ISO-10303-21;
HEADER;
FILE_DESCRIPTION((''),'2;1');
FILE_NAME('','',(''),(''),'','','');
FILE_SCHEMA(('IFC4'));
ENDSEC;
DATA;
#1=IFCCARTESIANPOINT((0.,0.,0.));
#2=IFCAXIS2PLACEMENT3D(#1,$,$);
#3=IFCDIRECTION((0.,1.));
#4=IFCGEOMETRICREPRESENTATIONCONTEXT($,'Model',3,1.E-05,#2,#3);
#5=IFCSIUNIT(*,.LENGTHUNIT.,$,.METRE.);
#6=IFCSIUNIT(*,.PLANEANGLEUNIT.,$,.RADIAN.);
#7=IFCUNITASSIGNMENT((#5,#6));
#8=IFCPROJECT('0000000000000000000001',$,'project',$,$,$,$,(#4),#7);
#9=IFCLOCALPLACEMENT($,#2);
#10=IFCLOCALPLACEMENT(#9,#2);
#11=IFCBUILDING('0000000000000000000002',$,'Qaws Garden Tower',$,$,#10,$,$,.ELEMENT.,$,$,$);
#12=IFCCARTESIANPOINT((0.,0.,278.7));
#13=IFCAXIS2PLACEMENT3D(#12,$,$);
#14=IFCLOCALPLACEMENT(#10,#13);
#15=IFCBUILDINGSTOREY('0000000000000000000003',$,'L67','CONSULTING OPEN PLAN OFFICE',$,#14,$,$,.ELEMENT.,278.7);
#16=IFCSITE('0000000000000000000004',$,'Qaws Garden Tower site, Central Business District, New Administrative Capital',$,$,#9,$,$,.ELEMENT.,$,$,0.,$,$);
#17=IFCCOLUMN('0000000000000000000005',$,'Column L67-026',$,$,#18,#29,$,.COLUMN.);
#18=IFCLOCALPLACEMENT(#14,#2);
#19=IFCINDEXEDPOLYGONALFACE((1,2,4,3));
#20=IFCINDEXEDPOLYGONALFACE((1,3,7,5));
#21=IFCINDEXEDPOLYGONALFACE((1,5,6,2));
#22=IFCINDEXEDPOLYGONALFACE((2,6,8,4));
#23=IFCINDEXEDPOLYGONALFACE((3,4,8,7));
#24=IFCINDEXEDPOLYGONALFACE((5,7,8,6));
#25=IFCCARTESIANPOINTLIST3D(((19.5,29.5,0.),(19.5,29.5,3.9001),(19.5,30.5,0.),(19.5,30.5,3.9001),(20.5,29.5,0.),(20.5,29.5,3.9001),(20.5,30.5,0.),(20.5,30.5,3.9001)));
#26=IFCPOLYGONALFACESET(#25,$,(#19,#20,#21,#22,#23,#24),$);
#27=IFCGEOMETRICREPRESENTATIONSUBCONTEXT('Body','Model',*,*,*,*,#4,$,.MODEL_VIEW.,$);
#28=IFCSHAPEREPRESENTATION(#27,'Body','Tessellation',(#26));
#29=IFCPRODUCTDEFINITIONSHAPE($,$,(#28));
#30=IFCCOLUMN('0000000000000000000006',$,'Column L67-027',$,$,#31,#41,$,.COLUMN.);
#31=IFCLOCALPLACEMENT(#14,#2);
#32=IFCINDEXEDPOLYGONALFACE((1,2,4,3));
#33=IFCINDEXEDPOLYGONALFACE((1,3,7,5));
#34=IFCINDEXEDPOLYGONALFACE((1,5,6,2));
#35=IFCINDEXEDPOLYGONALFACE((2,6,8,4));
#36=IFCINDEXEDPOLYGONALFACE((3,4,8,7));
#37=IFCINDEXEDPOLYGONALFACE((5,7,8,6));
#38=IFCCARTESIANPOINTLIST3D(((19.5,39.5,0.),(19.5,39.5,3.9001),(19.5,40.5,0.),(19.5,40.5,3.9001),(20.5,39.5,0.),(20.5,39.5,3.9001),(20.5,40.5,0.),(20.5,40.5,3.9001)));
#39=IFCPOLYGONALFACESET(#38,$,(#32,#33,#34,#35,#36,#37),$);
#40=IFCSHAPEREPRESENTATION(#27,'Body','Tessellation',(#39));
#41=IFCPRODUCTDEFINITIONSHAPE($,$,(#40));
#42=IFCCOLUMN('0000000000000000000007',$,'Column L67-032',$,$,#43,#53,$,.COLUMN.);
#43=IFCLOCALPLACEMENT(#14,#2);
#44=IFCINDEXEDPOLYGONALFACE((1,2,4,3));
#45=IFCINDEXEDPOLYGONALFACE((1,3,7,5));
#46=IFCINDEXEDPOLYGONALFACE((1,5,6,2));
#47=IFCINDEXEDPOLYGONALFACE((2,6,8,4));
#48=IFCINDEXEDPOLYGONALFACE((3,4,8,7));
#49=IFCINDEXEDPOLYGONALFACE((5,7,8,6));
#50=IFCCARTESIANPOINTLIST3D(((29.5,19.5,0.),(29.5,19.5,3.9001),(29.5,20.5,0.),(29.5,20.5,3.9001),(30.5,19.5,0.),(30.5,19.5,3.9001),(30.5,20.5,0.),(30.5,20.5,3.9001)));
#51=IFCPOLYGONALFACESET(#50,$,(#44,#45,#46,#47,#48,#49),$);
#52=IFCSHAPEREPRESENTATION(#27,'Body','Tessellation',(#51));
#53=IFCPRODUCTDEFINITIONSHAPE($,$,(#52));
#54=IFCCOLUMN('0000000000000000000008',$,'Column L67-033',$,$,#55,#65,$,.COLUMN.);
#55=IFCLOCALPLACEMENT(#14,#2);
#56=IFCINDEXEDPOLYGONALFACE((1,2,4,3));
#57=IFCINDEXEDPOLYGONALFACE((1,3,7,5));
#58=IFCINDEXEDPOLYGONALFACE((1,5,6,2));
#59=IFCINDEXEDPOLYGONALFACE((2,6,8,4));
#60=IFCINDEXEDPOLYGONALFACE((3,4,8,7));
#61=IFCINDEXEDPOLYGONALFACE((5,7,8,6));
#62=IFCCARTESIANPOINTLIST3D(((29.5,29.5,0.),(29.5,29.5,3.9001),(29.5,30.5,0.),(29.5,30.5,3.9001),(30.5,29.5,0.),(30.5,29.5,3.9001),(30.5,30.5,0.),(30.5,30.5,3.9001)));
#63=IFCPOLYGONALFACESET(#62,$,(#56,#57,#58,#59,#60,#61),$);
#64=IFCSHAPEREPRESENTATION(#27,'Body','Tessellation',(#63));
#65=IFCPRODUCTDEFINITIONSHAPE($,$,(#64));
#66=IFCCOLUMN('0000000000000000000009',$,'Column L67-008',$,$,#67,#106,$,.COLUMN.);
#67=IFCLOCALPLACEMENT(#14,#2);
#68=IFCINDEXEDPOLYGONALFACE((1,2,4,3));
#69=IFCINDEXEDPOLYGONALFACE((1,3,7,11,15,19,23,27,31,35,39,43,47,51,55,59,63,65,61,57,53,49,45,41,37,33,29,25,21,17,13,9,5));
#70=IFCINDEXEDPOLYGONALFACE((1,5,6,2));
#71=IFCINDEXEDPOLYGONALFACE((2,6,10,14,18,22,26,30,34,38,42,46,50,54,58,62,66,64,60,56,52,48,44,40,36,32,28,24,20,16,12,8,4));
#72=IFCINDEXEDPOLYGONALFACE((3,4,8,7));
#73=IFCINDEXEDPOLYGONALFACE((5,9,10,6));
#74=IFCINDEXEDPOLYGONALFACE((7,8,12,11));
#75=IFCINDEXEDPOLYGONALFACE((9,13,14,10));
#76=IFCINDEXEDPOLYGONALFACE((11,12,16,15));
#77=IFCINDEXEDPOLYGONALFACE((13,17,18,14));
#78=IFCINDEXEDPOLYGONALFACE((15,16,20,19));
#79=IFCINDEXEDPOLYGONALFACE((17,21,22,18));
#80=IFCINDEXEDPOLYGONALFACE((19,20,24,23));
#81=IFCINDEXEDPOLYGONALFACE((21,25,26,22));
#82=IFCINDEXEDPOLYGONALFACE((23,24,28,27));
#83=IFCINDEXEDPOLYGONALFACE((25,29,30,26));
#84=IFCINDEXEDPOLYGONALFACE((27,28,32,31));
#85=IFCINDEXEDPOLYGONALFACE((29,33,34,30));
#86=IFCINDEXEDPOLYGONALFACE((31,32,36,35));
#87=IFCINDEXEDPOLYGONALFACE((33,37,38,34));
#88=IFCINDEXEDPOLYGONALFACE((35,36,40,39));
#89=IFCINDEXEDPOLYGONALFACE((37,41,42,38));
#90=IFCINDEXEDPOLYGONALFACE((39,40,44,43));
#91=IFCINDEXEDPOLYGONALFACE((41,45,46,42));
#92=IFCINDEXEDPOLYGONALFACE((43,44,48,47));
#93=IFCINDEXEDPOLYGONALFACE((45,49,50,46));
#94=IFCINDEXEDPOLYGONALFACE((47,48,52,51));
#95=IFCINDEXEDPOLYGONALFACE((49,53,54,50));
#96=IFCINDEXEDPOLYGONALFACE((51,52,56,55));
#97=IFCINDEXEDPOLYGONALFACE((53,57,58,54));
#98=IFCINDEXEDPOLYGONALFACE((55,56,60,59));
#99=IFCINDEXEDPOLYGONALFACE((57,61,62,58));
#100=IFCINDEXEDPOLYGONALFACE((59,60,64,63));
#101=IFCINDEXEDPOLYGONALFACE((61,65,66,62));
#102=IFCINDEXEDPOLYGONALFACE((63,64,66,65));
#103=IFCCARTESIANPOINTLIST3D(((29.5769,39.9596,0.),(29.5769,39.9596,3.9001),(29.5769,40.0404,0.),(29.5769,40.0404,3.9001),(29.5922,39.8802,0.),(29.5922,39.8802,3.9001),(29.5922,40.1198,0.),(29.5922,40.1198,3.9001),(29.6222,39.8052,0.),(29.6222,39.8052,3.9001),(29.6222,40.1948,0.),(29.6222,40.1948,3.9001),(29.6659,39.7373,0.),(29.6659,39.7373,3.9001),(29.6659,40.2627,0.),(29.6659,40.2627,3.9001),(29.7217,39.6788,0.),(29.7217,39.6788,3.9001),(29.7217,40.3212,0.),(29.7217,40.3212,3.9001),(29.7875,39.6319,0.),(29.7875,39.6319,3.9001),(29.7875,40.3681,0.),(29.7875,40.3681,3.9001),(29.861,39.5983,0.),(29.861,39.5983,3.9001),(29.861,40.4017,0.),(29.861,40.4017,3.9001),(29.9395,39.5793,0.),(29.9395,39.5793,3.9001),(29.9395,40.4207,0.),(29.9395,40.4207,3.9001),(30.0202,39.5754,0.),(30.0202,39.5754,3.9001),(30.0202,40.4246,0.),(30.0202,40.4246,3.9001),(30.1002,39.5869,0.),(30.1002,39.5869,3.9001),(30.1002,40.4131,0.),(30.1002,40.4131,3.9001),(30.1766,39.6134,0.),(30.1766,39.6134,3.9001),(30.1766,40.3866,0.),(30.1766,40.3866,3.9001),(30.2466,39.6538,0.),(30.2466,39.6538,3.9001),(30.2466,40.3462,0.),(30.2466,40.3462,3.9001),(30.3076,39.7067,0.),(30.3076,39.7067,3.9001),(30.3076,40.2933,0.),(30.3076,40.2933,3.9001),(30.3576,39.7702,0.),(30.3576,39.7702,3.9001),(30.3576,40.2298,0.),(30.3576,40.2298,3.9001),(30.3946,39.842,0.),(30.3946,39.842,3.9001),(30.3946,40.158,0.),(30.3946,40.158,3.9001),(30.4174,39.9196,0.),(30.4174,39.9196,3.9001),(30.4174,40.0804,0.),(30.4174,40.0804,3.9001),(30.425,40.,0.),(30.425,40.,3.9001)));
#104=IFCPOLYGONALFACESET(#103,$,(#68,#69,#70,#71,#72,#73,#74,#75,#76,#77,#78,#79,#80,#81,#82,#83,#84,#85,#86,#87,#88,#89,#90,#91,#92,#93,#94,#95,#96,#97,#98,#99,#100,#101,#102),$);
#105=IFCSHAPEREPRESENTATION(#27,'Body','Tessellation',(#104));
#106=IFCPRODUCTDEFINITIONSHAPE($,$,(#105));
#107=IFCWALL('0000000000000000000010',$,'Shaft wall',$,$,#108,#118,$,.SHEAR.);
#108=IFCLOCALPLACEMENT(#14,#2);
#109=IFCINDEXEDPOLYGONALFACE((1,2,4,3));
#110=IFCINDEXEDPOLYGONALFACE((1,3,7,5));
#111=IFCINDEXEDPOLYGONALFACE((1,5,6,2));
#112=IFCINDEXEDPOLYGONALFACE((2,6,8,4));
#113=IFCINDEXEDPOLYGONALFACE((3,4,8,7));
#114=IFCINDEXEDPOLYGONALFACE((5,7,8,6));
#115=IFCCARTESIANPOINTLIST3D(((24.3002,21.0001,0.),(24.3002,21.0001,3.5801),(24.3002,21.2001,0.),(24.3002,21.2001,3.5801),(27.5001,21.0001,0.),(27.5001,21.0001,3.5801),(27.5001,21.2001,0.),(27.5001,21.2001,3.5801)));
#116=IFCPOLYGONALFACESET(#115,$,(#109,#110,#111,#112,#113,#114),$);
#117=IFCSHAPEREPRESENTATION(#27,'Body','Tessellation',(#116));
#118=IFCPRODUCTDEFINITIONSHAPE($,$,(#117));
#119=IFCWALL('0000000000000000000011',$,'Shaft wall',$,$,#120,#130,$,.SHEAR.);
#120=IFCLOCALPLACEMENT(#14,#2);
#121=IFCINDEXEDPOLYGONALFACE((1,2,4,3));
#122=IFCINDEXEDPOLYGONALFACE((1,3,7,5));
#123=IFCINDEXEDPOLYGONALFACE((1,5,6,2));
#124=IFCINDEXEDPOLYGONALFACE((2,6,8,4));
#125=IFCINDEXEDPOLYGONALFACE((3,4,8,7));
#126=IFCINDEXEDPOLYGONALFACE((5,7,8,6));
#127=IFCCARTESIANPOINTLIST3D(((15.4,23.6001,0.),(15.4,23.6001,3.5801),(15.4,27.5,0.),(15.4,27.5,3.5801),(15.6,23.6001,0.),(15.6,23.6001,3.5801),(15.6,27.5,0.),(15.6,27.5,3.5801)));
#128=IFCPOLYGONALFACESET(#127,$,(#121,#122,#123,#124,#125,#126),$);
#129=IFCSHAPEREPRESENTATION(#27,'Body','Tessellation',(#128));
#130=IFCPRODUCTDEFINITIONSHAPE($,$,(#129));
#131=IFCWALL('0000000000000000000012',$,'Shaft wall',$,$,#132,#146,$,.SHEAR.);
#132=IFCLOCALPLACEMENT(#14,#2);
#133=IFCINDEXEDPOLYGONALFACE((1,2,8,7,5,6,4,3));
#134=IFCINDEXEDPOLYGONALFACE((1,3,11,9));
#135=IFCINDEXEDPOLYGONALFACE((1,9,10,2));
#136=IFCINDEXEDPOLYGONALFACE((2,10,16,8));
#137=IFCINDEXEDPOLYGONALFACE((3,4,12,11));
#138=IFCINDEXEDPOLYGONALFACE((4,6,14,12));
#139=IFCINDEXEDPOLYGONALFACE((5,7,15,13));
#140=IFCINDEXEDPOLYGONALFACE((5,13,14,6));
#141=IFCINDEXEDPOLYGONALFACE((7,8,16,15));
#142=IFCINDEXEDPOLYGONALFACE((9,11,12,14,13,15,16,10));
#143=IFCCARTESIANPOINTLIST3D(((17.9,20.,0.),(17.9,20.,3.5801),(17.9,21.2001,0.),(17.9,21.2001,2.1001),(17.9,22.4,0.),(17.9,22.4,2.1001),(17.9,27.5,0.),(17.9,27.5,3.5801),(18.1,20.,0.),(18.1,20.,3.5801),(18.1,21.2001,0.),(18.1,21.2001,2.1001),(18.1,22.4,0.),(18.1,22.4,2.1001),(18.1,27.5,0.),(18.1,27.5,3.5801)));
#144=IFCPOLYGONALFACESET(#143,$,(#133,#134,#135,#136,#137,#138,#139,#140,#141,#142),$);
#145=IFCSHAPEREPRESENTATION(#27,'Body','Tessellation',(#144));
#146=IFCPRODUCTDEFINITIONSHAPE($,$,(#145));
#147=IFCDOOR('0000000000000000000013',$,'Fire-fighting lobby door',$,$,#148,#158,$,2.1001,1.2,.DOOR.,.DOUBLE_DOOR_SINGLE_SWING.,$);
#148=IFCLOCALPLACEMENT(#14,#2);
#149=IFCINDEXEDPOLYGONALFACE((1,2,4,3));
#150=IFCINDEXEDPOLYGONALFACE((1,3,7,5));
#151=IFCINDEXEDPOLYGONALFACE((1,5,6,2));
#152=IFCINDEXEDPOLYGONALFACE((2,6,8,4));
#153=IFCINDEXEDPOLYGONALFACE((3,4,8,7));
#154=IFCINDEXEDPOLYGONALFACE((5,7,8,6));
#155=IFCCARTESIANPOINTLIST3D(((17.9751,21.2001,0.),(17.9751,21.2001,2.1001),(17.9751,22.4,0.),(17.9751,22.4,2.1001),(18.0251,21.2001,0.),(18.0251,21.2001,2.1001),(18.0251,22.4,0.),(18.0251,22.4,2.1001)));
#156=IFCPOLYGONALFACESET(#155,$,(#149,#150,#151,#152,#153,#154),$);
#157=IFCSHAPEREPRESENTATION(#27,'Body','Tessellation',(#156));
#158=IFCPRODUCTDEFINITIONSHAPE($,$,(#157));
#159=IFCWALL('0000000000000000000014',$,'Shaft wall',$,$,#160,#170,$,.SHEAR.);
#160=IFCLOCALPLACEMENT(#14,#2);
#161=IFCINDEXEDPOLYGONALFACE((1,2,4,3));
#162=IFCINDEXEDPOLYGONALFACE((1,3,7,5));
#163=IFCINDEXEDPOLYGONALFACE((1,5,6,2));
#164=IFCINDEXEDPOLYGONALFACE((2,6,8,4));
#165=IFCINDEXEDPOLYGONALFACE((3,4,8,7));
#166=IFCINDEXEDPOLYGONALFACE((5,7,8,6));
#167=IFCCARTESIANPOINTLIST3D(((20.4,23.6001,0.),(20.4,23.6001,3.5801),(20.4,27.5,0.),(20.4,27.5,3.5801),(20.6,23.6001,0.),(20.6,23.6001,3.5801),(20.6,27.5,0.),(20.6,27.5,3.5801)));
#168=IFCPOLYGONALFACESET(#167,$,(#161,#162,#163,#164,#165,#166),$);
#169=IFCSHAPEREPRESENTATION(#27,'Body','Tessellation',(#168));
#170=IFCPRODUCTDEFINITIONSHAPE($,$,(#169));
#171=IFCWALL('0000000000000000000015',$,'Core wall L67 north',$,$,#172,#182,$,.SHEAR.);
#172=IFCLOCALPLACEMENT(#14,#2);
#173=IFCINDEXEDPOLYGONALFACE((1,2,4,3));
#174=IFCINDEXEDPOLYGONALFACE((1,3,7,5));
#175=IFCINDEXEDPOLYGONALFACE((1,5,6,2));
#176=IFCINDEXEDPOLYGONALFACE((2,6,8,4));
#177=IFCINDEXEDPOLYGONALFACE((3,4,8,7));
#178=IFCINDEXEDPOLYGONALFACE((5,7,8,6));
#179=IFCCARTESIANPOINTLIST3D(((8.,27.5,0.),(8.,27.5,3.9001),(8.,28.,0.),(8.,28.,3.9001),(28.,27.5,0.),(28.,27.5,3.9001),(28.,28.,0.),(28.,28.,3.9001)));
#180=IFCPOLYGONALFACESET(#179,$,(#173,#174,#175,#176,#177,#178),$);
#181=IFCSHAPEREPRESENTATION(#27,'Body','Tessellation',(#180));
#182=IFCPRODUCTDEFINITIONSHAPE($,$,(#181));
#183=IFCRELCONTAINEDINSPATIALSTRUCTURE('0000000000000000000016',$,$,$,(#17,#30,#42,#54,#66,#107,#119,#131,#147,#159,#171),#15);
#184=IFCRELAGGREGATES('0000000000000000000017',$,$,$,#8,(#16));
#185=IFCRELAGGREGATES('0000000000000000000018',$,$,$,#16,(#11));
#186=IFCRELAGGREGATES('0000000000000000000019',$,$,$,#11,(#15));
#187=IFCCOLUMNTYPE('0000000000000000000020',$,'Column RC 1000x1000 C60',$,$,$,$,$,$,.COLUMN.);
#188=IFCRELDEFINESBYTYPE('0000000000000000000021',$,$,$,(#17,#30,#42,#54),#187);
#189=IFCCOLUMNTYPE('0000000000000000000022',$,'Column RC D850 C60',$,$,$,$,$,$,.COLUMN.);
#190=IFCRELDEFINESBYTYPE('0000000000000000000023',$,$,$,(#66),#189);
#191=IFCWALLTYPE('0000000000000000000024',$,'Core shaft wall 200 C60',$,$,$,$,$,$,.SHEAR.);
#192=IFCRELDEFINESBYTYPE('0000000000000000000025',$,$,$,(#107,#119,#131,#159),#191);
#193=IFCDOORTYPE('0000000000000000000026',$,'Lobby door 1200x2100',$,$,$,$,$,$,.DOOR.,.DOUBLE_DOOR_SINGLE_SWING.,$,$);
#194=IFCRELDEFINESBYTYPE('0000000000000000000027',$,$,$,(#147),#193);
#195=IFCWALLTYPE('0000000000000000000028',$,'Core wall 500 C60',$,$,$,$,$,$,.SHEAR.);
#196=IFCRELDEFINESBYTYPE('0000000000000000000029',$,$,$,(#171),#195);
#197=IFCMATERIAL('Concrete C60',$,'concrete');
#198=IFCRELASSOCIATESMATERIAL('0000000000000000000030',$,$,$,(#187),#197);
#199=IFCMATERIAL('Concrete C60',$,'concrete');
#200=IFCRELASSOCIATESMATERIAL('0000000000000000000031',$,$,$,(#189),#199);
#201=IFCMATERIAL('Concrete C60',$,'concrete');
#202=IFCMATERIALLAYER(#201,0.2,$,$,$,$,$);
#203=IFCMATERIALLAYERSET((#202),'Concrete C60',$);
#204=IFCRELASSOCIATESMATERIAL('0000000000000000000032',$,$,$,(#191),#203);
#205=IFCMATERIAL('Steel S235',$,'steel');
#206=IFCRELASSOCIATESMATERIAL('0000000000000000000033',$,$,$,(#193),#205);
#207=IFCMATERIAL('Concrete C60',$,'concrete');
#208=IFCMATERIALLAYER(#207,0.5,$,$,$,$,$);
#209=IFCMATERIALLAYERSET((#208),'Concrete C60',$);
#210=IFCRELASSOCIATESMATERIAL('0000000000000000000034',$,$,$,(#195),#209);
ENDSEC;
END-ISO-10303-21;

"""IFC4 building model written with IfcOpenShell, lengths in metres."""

from ifc_helpers import new_model, si_unit, direction, frame, frame_2d, origin, origin_2d, place, context, subcontext, project, spatial, rectangle, circle, extrude, material, layer, layer_set, material_profile, profile_set, type_object, element, fill, save


model = new_model("IFC4")

# Units and contexts
model_context = context("Model", 3, precision=1e-05, world=origin(), true_north=direction((0.0, 1.0)))
body_context = subcontext(model_context, "Body", "Model", "MODEL_VIEW")
ifc_project = project(units=[si_unit("LENGTHUNIT", "METRE"), si_unit("PLANEANGLEUNIT", "RADIAN")], contexts=[model_context])

# Site, building, storey
site_placement = place(None, origin())
site = spatial("IfcSite", under=ifc_project, at=site_placement, Name="Qaws Garden Tower site, Central Business District, New Administrative Capital", CompositionType="ELEMENT", RefElevation=0.0)
building_placement = place(site_placement, origin())
building = spatial("IfcBuilding", under=site, at=building_placement, Name="Qaws Garden Tower", CompositionType="ELEMENT")
storey_placement = place(building_placement, frame((0.0, 0.0, 278.7)))
storey = spatial("IfcBuildingStorey", under=building, at=storey_placement, Name="L67", Description="CONSULTING OPEN PLAN OFFICE", CompositionType="ELEMENT", Elevation=278.7)

# Columns
ifc_material_1 = material(Name="Concrete C60", Category="concrete")
ifc_material_profile_1 = material_profile(ifc_material_1, rectangle(XDim=1.0, YDim=1.0, at=origin_2d()), Name="RC 1000x1000")
ifc_profile_set_1 = profile_set([ifc_material_profile_1], Name="Concrete C60")
column_type_1 = type_object("IfcColumnType", Name="Column RC 1000x1000 C60", PredefinedType="COLUMN", material=ifc_profile_set_1)
for number, where, z_axis, x_axis, name in (
    (1, (20.0, 30.0, 0.0), (0.0, 0.0, 1.0), (1.0, 0.0, 0.0), "Column L67-026"),
    (2, (20.0, 40.0, 0.0), (0.0, 0.0, 1.0), (1.0, 0.0, 0.0), "Column L67-027"),
    (3, (30.0, 20.0, 0.0), (0.0, 0.0, 1.0), (1.0, 0.0, 0.0), "Column L67-032"),
    (4, (30.0, 30.0, 0.0), (0.0, 0.0, 1.0), (1.0, 0.0, 0.0), "Column L67-033"),
):
    element("IfcColumn", number, at=place(storey_placement, frame(where, z_axis=z_axis, x_axis=x_axis)), inside=storey, type_object=column_type_1, Name=name, PredefinedType="COLUMN", context=body_context, shape_type="SweptSolid", body=[
        extrude(rectangle(XDim=1.0, YDim=1.0, at=origin_2d()), origin(), (0.0, 0.0, 1.0), 3.9001),
    ])
ifc_material_2 = material(Name="Concrete C60", Category="concrete")
ifc_material_profile_2 = material_profile(ifc_material_2, circle(Radius=0.425, at=origin_2d()), Name="RC D850")
ifc_profile_set_2 = profile_set([ifc_material_profile_2], Name="Concrete C60")
column_type_2 = type_object("IfcColumnType", Name="Column RC D850 C60", PredefinedType="COLUMN", material=ifc_profile_set_2)
column_placement = place(storey_placement, frame((30.0, 40.0, 0.0), z_axis=(0.0, 0.0, 1.0), x_axis=(1.0, 0.0, 0.0)))
element("IfcColumn", 5, at=column_placement, inside=storey, type_object=column_type_2, Name="Column L67-008", PredefinedType="COLUMN", context=body_context, shape_type="SweptSolid", body=[
    extrude(circle(Radius=0.425, at=origin_2d()), origin(), (0.0, 0.0, 1.0), 3.9001),
])

# Walls
ifc_material_3 = material(Name="Concrete C60", Category="concrete")
ifc_layer_1 = layer(ifc_material_3, 0.2)
ifc_layer_set_1 = layer_set([ifc_layer_1], Name="Concrete C60")
wall_type_1 = type_object("IfcWallType", Name="Core shaft wall 200 C60", PredefinedType="SHEAR", material=ifc_layer_set_1)
wall_1_placement = place(storey_placement, frame((24.3, 21.1001, 0.0), z_axis=(0.0, 0.0, 1.0), x_axis=(1.0, 0.0, 0.0)))
element("IfcWall", 6, at=wall_1_placement, inside=storey, type_object=wall_type_1, Name="Shaft wall", PredefinedType="SHEAR", context=body_context, shape_type="SweptSolid", body=[
    extrude(rectangle(XDim=3.2, YDim=0.2, at=frame_2d((1.6001, 0.0))), origin(), (0.0, 0.0, 1.0), 3.5801),
])
wall_2_placement = place(storey_placement, frame((15.5, 23.6001, 0.0), z_axis=(0.0, 0.0, 1.0), x_axis=(0.0, 1.0, 0.0)))
element("IfcWall", 7, at=wall_2_placement, inside=storey, type_object=wall_type_1, Name="Shaft wall", PredefinedType="SHEAR", context=body_context, shape_type="SweptSolid", body=[
    extrude(rectangle(XDim=3.8999, YDim=0.2, at=frame_2d((1.95, 0.0))), origin(), (0.0, 0.0, 1.0), 3.5801),
])

# Wall, opening, door
wall_3_placement = place(storey_placement, frame((18.0, 20.0, 0.0), z_axis=(0.0, 0.0, 1.0), x_axis=(0.0, 1.0, 0.0)))
wall_3 = element("IfcWall", 8, at=wall_3_placement, inside=storey, type_object=wall_type_1, Name="Shaft wall", PredefinedType="SHEAR", context=body_context, shape_type="SweptSolid", body=[
    extrude(rectangle(XDim=7.5, YDim=0.2, at=frame_2d((3.75, 0.0))), origin(), (0.0, 0.0, 1.0), 3.5801),
])
opening_1_placement = place(wall_3_placement, frame((1.2, 0.0, 0.0)))
opening_1 = element("IfcOpeningElement", 9, at=opening_1_placement, cuts=wall_3, PredefinedType="OPENING", context=body_context, shape_type="SweptSolid", body=[
    extrude(rectangle(XDim=1.2, YDim=2.1001, at=frame_2d((0.6001, 1.05))), frame((0.0, 0.1099, 0.0), z_axis=(0.0, -1.0, 0.0), x_axis=(1.0, 0.0, 0.0)), (0.0, 0.0, 1.0), 0.22),
])
ifc_material_4 = material(Name="Steel S235", Category="steel")
door_type_1 = type_object("IfcDoorType", Name="Lobby door 1200x2100", OperationType="DOUBLE_DOOR_SINGLE_SWING", PredefinedType="DOOR", material=ifc_material_4)
door_1_placement = place(opening_1_placement, origin())
door_1 = element("IfcDoor", 10, at=door_1_placement, inside=storey, type_object=door_type_1, Name="Fire-fighting lobby door", OperationType="DOUBLE_DOOR_SINGLE_SWING", OverallHeight=2.1001, OverallWidth=1.2, PredefinedType="DOOR", context=body_context, shape_type="SweptSolid", body=[
    extrude(rectangle(XDim=1.2, YDim=2.1001, at=frame_2d((0.6001, 1.05))), frame((0.0, 0.0249, 0.0), z_axis=(0.0, -1.0, 0.0), x_axis=(1.0, 0.0, 0.0)), (0.0, 0.0, 1.0), 0.05),
])
fill(opening_1, door_1)

# Walls
wall_4_placement = place(storey_placement, frame((20.5, 23.6001, 0.0), z_axis=(0.0, 0.0, 1.0), x_axis=(0.0, 1.0, 0.0)))
element("IfcWall", 11, at=wall_4_placement, inside=storey, type_object=wall_type_1, Name="Shaft wall", PredefinedType="SHEAR", context=body_context, shape_type="SweptSolid", body=[
    extrude(rectangle(XDim=3.8999, YDim=0.2, at=frame_2d((1.95, 0.0))), origin(), (0.0, 0.0, 1.0), 3.5801),
])
ifc_material_5 = material(Name="Concrete C60", Category="concrete")
ifc_layer_2 = layer(ifc_material_5, 0.5)
ifc_layer_set_2 = layer_set([ifc_layer_2], Name="Concrete C60")
wall_type_2 = type_object("IfcWallType", Name="Core wall 500 C60", PredefinedType="SHEAR", material=ifc_layer_set_2)
wall_5_placement = place(storey_placement, frame((28.0, 27.75, 0.0), z_axis=(0.0, 0.0, 1.0), x_axis=(-1.0, 0.0, 0.0)))
element("IfcWall", 12, at=wall_5_placement, inside=storey, type_object=wall_type_2, Name="Core wall L67 north", PredefinedType="SHEAR", context=body_context, shape_type="SweptSolid", body=[
    extrude(rectangle(XDim=20.0, YDim=0.5, at=frame_2d((10.0, 0.0))), origin(), (0.0, 0.0, 1.0), 3.9001),
])

save(model, "model.ifc")
